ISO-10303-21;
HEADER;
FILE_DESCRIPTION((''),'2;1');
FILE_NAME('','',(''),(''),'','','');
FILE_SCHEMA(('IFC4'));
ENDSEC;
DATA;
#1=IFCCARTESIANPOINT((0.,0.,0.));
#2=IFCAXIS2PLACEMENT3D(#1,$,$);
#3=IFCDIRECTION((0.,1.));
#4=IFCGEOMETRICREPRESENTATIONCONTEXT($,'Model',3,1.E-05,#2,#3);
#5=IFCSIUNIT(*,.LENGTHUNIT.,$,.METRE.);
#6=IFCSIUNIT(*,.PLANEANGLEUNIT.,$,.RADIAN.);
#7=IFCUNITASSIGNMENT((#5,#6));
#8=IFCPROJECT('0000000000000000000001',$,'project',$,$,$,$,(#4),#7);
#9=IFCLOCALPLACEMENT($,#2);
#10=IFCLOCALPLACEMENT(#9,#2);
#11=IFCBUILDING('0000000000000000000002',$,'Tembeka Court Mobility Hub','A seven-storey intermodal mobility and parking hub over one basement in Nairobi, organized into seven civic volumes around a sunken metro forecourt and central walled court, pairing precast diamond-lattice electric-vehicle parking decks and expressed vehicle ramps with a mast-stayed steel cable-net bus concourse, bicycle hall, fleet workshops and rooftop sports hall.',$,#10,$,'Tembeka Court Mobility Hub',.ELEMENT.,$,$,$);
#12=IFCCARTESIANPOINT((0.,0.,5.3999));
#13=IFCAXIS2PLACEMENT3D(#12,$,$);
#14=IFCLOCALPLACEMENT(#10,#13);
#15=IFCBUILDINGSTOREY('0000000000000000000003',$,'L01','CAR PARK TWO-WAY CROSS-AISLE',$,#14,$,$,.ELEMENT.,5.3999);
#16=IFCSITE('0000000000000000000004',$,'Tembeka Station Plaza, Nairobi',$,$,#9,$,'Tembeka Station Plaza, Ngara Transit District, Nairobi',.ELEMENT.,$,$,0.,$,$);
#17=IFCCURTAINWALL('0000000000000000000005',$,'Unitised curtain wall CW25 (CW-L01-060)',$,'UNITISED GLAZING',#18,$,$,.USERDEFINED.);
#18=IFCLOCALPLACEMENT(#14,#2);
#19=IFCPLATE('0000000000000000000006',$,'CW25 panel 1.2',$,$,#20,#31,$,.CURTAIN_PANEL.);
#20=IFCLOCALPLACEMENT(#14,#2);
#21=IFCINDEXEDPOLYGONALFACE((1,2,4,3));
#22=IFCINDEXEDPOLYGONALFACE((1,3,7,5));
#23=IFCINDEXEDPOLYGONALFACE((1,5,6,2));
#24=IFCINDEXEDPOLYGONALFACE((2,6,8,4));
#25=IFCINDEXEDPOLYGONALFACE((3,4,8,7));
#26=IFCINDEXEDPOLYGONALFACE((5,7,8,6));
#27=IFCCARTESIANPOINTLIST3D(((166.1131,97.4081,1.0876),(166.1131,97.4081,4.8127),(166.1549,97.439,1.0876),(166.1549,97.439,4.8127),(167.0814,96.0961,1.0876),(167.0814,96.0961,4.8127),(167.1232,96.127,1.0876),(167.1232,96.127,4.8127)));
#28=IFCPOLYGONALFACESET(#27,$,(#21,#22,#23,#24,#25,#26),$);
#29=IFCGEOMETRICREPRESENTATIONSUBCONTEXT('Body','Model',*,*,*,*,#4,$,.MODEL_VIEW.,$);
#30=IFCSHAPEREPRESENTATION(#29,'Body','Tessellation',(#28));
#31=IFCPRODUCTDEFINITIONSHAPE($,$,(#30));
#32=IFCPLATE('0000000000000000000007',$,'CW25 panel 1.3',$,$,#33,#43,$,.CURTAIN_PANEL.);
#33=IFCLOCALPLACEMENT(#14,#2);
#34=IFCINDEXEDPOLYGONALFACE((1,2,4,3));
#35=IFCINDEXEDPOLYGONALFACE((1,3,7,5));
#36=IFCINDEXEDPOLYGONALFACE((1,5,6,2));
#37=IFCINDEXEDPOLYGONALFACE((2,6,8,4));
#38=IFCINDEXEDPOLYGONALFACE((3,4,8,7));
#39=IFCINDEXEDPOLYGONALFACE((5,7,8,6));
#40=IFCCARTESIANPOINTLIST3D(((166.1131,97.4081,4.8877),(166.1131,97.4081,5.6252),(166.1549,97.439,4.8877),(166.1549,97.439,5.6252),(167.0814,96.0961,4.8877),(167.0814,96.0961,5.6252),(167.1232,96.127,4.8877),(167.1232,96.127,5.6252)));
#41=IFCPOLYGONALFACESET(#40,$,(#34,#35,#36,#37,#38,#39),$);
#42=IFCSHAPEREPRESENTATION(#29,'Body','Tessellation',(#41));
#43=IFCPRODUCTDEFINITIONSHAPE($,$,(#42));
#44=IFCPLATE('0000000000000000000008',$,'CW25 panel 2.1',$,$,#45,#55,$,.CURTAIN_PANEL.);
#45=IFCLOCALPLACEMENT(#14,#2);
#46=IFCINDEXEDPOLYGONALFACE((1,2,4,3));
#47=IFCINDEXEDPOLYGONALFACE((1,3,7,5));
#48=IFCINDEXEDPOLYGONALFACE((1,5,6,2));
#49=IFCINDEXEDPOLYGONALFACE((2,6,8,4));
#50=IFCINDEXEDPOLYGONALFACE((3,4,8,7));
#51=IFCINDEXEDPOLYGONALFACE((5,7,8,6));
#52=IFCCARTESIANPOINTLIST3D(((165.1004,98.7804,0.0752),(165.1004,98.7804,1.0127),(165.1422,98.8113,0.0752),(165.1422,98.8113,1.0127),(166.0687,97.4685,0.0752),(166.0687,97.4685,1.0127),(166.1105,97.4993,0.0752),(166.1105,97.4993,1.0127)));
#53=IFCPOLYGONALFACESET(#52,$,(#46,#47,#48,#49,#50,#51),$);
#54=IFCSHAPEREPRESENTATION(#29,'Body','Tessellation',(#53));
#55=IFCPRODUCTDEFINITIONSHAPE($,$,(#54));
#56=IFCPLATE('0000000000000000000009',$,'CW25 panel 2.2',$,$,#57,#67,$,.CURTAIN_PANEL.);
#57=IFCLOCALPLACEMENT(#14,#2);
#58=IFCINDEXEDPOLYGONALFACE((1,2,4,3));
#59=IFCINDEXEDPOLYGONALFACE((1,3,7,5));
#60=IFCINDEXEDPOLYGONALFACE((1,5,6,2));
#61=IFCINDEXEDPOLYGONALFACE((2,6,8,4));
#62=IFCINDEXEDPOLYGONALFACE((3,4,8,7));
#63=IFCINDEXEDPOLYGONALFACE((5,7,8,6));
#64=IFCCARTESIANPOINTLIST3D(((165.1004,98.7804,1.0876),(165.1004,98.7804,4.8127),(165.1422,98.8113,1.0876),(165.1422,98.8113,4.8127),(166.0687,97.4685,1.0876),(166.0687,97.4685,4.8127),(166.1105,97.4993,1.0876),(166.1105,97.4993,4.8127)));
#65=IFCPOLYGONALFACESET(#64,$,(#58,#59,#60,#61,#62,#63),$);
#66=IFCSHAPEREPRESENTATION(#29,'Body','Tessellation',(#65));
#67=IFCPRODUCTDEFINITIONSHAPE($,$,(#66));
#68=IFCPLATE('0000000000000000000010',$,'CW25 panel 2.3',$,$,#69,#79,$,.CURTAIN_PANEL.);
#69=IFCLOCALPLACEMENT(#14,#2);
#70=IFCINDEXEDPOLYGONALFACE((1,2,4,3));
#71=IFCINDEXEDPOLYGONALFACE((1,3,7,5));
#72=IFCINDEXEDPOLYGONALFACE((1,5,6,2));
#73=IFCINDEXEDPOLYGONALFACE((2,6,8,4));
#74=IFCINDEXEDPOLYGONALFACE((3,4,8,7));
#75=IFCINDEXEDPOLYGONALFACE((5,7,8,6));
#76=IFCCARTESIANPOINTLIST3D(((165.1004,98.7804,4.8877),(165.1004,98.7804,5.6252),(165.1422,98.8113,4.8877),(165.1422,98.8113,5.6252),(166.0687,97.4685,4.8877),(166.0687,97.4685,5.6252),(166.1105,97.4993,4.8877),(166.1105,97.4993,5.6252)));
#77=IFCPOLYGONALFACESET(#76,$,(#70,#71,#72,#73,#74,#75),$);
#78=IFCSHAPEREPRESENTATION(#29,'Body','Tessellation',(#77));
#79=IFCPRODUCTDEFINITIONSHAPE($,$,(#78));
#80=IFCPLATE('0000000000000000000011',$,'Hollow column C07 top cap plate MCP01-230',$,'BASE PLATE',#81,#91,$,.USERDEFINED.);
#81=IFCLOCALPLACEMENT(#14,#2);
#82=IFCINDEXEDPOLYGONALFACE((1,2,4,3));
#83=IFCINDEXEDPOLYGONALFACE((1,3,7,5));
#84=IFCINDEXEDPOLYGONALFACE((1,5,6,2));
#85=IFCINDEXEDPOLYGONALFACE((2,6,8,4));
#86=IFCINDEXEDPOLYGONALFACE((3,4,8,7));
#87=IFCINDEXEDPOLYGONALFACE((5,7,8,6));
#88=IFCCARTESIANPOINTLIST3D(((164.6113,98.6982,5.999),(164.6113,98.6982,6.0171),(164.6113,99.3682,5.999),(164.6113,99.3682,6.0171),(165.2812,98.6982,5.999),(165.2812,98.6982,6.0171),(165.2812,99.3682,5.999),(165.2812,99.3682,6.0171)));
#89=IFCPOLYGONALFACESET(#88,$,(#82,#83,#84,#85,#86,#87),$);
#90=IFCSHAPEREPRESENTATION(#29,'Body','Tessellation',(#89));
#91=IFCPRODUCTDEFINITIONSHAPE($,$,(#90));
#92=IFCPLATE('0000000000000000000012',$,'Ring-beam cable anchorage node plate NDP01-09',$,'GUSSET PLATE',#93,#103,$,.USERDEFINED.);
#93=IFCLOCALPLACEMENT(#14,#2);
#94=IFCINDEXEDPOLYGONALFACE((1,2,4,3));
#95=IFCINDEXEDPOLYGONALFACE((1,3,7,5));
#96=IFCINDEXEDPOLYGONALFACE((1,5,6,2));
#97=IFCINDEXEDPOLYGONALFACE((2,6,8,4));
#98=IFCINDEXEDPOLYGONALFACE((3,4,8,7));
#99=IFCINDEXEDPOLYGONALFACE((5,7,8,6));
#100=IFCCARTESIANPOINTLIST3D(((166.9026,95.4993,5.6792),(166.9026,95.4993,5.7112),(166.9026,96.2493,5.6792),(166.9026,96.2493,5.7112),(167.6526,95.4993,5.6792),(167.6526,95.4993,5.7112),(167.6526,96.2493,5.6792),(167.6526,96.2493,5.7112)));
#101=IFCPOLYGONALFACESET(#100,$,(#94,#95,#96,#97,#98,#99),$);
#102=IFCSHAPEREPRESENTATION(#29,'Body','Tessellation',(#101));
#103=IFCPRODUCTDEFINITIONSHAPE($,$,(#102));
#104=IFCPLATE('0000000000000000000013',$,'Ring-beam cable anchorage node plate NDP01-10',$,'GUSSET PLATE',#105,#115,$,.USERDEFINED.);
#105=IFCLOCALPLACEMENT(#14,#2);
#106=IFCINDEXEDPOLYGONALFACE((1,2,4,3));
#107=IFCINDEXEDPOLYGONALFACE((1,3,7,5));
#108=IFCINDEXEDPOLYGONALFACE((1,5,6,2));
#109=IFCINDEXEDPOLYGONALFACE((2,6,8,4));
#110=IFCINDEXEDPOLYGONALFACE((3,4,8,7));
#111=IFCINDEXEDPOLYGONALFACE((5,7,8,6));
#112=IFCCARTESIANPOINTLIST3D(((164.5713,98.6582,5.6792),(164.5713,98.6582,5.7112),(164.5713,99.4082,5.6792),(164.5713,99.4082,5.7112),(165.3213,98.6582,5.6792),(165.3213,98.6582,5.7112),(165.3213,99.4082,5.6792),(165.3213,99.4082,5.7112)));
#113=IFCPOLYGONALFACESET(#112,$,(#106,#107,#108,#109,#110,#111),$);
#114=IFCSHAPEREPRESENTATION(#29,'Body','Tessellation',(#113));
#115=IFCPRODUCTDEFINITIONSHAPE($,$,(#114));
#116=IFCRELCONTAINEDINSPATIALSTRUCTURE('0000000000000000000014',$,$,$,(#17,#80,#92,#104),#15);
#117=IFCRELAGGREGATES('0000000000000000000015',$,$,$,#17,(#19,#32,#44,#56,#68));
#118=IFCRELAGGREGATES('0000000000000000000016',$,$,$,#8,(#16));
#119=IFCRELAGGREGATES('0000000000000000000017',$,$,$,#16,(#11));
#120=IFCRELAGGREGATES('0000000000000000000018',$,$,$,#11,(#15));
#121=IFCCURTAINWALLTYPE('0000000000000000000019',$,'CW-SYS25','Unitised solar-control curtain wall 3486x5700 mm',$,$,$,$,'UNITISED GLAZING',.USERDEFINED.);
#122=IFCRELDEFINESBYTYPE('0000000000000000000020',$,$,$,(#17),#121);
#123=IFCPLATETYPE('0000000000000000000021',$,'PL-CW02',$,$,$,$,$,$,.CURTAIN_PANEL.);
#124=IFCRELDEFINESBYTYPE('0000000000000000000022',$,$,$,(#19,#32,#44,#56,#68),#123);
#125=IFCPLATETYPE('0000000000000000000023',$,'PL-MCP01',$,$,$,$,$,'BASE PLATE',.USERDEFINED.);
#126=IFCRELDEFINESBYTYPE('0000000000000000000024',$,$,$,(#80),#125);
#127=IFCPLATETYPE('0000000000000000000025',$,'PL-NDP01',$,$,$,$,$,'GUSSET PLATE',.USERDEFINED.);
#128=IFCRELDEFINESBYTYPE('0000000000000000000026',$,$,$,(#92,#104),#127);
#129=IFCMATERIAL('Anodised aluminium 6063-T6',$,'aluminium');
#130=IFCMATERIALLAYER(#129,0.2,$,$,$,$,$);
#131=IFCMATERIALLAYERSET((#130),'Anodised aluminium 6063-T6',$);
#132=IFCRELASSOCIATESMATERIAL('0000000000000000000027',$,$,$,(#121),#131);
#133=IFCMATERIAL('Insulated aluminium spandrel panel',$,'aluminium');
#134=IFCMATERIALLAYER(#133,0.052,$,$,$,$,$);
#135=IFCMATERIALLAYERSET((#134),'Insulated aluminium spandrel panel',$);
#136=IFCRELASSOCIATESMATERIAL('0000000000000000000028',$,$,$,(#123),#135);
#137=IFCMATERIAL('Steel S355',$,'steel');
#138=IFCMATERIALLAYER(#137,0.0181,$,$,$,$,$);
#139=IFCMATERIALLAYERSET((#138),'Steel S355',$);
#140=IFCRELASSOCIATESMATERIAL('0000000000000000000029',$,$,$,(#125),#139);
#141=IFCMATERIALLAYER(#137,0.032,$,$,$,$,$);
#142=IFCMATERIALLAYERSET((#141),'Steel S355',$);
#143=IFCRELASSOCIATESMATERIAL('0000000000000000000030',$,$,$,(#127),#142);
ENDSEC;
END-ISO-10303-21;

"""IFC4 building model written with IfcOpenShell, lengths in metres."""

from ifc_helpers import new_model, si_unit, direction, frame, origin, origin_2d, place, context, subcontext, project, spatial, rectangle, extrude, material, layer, layer_set, type_object, element, aggregate, save


model = new_model("IFC4")

# Units and contexts
model_context = context("Model", 3, precision=1e-05, world=origin(), true_north=direction((0.0, 1.0)))
body_context = subcontext(model_context, "Body", "Model", "MODEL_VIEW")
ifc_project = project(units=[si_unit("LENGTHUNIT", "METRE"), si_unit("PLANEANGLEUNIT", "RADIAN")], contexts=[model_context])

# Site, building, storey
site_placement = place(None, origin())
site = spatial("IfcSite", under=ifc_project, at=site_placement, Name="Tembeka Station Plaza, Nairobi", LongName="Tembeka Station Plaza, Ngara Transit District, Nairobi", CompositionType="ELEMENT", RefElevation=0.0)
building_placement = place(site_placement, origin())
building = spatial("IfcBuilding", under=site, at=building_placement, Name="Tembeka Court Mobility Hub", Description="A seven-storey intermodal mobility and parking hub over one basement in Nairobi, organized into seven civic volumes around a sunken metro forecourt and central walled court, pairing precast diamond-lattice electric-vehicle parking decks and expressed vehicle ramps with a mast-stayed steel cable-net bus concourse, bicycle hall, fleet workshops and rooftop sports hall.", LongName="Tembeka Court Mobility Hub", CompositionType="ELEMENT")
storey_placement = place(building_placement, frame((0.0, 0.0, 5.3999)))
storey = spatial("IfcBuildingStorey", under=building, at=storey_placement, Name="L01", Description="CAR PARK TWO-WAY CROSS-AISLE", CompositionType="ELEMENT", Elevation=5.3999)

# Shared definitions
ifc_material_1 = material(Name="Steel S355", Category="steel")

# Curtain wall
ifc_material_2 = material(Name="Anodised aluminium 6063-T6", Category="aluminium")
ifc_layer_1 = layer(ifc_material_2, 0.2)
ifc_layer_set_1 = layer_set([ifc_layer_1], Name="Anodised aluminium 6063-T6")
curtain_wall_type = type_object("IfcCurtainWallType", Name="CW-SYS25", Description="Unitised solar-control curtain wall 3486x5700 mm", ElementType="UNITISED GLAZING", PredefinedType="USERDEFINED", material=ifc_layer_set_1)
curtain_wall_1_placement = place(storey_placement, origin())
curtain_wall_1 = element("IfcCurtainWall", 1, at=curtain_wall_1_placement, inside=storey, type_object=curtain_wall_type, Name="Unitised curtain wall CW25 (CW-L01-060)", ObjectType="UNITISED GLAZING", PredefinedType="USERDEFINED")

# Plates
ifc_material_3 = material(Name="Insulated aluminium spandrel panel", Category="aluminium")
ifc_layer_2 = layer(ifc_material_3, 0.052)
ifc_layer_set_2 = layer_set([ifc_layer_2], Name="Insulated aluminium spandrel panel")
plate_type_1 = type_object("IfcPlateType", Name="PL-CW02", PredefinedType="CURTAIN_PANEL", material=ifc_layer_set_2)
plate_1_placement = place(storey_placement, frame((166.6182, 96.7676, 1.0876), z_axis=(0.0, 0.0, 1.0), x_axis=(-0.593818, 0.804599, 0.0)))
plate_1 = element("IfcPlate", 2, at=plate_1_placement, type_object=plate_type_1, Name="CW25 panel 1.2", PredefinedType="CURTAIN_PANEL", context=body_context, shape_type="SweptSolid", body=[
    extrude(rectangle(XDim=1.6306, YDim=0.052, at=origin_2d()), origin(), (0.0, 0.0, 1.0), 3.7251),
])
plate_2_placement = place(storey_placement, frame((166.6182, 96.7676, 4.8877), z_axis=(0.0, 0.0, 1.0), x_axis=(-0.593818, 0.804599, 0.0)))
plate_2 = element("IfcPlate", 3, at=plate_2_placement, type_object=plate_type_1, Name="CW25 panel 1.3", PredefinedType="CURTAIN_PANEL", context=body_context, shape_type="SweptSolid", body=[
    extrude(rectangle(XDim=1.6306, YDim=0.052, at=origin_2d()), origin(), (0.0, 0.0, 1.0), 0.7375),
])
plate_3_placement = place(storey_placement, frame((165.6055, 98.1399, 0.0752), z_axis=(0.0, 0.0, 1.0), x_axis=(-0.593818, 0.804599, 0.0)))
plate_3 = element("IfcPlate", 4, at=plate_3_placement, type_object=plate_type_1, Name="CW25 panel 2.1", PredefinedType="CURTAIN_PANEL", context=body_context, shape_type="SweptSolid", body=[
    extrude(rectangle(XDim=1.6306, YDim=0.052, at=origin_2d()), origin(), (0.0, 0.0, 1.0), 0.9375),
])
plate_4_placement = place(storey_placement, frame((165.6055, 98.1399, 1.0876), z_axis=(0.0, 0.0, 1.0), x_axis=(-0.593818, 0.804599, 0.0)))
plate_4 = element("IfcPlate", 5, at=plate_4_placement, type_object=plate_type_1, Name="CW25 panel 2.2", PredefinedType="CURTAIN_PANEL", context=body_context, shape_type="SweptSolid", body=[
    extrude(rectangle(XDim=1.6306, YDim=0.052, at=origin_2d()), origin(), (0.0, 0.0, 1.0), 3.7251),
])
plate_5_placement = place(storey_placement, frame((165.6055, 98.1399, 4.8877), z_axis=(0.0, 0.0, 1.0), x_axis=(-0.593818, 0.804599, 0.0)))
plate_5 = element("IfcPlate", 6, at=plate_5_placement, type_object=plate_type_1, Name="CW25 panel 2.3", PredefinedType="CURTAIN_PANEL", context=body_context, shape_type="SweptSolid", body=[
    extrude(rectangle(XDim=1.6306, YDim=0.052, at=origin_2d()), origin(), (0.0, 0.0, 1.0), 0.7375),
])
aggregate(curtain_wall_1, [plate_1, plate_2, plate_3, plate_4, plate_5])

# Plates
ifc_layer_3 = layer(ifc_material_1, 0.0181)
ifc_layer_set_3 = layer_set([ifc_layer_3], Name="Steel S355")
plate_type_2 = type_object("IfcPlateType", Name="PL-MCP01", ElementType="BASE PLATE", PredefinedType="USERDEFINED", material=ifc_layer_set_3)
plate_6_placement = place(storey_placement, frame((164.9463, 99.0332, 5.999), z_axis=(0.0, 0.0, 1.0), x_axis=(1.0, 0.0, 0.0)))
element("IfcPlate", 7, at=plate_6_placement, inside=storey, type_object=plate_type_2, Name="Hollow column C07 top cap plate MCP01-230", ObjectType="BASE PLATE", PredefinedType="USERDEFINED", context=body_context, shape_type="SweptSolid", body=[
    extrude(rectangle(XDim=0.6699, YDim=0.6699, at=origin_2d()), origin(), (0.0, 0.0, 1.0), 0.0181),
])
ifc_layer_4 = layer(ifc_material_1, 0.032)
ifc_layer_set_4 = layer_set([ifc_layer_4], Name="Steel S355")
plate_type_3 = type_object("IfcPlateType", Name="PL-NDP01", ElementType="GUSSET PLATE", PredefinedType="USERDEFINED", material=ifc_layer_set_4)
for number, where, z_axis, x_axis, name in (
    (8, (167.2776, 95.8743, 5.6792), (0.0, 0.0, 1.0), (1.0, 0.0, 0.0), "Ring-beam cable anchorage node plate NDP01-09"),
    (9, (164.9463, 99.0332, 5.6792), (0.0, 0.0, 1.0), (1.0, 0.0, 0.0), "Ring-beam cable anchorage node plate NDP01-10"),
):
    element("IfcPlate", number, at=place(storey_placement, frame(where, z_axis=z_axis, x_axis=x_axis)), inside=storey, type_object=plate_type_3, Name=name, ObjectType="GUSSET PLATE", PredefinedType="USERDEFINED", context=body_context, shape_type="SweptSolid", body=[
        extrude(rectangle(XDim=0.75, YDim=0.75, at=origin_2d()), origin(), (0.0, 0.0, 1.0), 0.032),
    ])

save(model, "model.ifc")
